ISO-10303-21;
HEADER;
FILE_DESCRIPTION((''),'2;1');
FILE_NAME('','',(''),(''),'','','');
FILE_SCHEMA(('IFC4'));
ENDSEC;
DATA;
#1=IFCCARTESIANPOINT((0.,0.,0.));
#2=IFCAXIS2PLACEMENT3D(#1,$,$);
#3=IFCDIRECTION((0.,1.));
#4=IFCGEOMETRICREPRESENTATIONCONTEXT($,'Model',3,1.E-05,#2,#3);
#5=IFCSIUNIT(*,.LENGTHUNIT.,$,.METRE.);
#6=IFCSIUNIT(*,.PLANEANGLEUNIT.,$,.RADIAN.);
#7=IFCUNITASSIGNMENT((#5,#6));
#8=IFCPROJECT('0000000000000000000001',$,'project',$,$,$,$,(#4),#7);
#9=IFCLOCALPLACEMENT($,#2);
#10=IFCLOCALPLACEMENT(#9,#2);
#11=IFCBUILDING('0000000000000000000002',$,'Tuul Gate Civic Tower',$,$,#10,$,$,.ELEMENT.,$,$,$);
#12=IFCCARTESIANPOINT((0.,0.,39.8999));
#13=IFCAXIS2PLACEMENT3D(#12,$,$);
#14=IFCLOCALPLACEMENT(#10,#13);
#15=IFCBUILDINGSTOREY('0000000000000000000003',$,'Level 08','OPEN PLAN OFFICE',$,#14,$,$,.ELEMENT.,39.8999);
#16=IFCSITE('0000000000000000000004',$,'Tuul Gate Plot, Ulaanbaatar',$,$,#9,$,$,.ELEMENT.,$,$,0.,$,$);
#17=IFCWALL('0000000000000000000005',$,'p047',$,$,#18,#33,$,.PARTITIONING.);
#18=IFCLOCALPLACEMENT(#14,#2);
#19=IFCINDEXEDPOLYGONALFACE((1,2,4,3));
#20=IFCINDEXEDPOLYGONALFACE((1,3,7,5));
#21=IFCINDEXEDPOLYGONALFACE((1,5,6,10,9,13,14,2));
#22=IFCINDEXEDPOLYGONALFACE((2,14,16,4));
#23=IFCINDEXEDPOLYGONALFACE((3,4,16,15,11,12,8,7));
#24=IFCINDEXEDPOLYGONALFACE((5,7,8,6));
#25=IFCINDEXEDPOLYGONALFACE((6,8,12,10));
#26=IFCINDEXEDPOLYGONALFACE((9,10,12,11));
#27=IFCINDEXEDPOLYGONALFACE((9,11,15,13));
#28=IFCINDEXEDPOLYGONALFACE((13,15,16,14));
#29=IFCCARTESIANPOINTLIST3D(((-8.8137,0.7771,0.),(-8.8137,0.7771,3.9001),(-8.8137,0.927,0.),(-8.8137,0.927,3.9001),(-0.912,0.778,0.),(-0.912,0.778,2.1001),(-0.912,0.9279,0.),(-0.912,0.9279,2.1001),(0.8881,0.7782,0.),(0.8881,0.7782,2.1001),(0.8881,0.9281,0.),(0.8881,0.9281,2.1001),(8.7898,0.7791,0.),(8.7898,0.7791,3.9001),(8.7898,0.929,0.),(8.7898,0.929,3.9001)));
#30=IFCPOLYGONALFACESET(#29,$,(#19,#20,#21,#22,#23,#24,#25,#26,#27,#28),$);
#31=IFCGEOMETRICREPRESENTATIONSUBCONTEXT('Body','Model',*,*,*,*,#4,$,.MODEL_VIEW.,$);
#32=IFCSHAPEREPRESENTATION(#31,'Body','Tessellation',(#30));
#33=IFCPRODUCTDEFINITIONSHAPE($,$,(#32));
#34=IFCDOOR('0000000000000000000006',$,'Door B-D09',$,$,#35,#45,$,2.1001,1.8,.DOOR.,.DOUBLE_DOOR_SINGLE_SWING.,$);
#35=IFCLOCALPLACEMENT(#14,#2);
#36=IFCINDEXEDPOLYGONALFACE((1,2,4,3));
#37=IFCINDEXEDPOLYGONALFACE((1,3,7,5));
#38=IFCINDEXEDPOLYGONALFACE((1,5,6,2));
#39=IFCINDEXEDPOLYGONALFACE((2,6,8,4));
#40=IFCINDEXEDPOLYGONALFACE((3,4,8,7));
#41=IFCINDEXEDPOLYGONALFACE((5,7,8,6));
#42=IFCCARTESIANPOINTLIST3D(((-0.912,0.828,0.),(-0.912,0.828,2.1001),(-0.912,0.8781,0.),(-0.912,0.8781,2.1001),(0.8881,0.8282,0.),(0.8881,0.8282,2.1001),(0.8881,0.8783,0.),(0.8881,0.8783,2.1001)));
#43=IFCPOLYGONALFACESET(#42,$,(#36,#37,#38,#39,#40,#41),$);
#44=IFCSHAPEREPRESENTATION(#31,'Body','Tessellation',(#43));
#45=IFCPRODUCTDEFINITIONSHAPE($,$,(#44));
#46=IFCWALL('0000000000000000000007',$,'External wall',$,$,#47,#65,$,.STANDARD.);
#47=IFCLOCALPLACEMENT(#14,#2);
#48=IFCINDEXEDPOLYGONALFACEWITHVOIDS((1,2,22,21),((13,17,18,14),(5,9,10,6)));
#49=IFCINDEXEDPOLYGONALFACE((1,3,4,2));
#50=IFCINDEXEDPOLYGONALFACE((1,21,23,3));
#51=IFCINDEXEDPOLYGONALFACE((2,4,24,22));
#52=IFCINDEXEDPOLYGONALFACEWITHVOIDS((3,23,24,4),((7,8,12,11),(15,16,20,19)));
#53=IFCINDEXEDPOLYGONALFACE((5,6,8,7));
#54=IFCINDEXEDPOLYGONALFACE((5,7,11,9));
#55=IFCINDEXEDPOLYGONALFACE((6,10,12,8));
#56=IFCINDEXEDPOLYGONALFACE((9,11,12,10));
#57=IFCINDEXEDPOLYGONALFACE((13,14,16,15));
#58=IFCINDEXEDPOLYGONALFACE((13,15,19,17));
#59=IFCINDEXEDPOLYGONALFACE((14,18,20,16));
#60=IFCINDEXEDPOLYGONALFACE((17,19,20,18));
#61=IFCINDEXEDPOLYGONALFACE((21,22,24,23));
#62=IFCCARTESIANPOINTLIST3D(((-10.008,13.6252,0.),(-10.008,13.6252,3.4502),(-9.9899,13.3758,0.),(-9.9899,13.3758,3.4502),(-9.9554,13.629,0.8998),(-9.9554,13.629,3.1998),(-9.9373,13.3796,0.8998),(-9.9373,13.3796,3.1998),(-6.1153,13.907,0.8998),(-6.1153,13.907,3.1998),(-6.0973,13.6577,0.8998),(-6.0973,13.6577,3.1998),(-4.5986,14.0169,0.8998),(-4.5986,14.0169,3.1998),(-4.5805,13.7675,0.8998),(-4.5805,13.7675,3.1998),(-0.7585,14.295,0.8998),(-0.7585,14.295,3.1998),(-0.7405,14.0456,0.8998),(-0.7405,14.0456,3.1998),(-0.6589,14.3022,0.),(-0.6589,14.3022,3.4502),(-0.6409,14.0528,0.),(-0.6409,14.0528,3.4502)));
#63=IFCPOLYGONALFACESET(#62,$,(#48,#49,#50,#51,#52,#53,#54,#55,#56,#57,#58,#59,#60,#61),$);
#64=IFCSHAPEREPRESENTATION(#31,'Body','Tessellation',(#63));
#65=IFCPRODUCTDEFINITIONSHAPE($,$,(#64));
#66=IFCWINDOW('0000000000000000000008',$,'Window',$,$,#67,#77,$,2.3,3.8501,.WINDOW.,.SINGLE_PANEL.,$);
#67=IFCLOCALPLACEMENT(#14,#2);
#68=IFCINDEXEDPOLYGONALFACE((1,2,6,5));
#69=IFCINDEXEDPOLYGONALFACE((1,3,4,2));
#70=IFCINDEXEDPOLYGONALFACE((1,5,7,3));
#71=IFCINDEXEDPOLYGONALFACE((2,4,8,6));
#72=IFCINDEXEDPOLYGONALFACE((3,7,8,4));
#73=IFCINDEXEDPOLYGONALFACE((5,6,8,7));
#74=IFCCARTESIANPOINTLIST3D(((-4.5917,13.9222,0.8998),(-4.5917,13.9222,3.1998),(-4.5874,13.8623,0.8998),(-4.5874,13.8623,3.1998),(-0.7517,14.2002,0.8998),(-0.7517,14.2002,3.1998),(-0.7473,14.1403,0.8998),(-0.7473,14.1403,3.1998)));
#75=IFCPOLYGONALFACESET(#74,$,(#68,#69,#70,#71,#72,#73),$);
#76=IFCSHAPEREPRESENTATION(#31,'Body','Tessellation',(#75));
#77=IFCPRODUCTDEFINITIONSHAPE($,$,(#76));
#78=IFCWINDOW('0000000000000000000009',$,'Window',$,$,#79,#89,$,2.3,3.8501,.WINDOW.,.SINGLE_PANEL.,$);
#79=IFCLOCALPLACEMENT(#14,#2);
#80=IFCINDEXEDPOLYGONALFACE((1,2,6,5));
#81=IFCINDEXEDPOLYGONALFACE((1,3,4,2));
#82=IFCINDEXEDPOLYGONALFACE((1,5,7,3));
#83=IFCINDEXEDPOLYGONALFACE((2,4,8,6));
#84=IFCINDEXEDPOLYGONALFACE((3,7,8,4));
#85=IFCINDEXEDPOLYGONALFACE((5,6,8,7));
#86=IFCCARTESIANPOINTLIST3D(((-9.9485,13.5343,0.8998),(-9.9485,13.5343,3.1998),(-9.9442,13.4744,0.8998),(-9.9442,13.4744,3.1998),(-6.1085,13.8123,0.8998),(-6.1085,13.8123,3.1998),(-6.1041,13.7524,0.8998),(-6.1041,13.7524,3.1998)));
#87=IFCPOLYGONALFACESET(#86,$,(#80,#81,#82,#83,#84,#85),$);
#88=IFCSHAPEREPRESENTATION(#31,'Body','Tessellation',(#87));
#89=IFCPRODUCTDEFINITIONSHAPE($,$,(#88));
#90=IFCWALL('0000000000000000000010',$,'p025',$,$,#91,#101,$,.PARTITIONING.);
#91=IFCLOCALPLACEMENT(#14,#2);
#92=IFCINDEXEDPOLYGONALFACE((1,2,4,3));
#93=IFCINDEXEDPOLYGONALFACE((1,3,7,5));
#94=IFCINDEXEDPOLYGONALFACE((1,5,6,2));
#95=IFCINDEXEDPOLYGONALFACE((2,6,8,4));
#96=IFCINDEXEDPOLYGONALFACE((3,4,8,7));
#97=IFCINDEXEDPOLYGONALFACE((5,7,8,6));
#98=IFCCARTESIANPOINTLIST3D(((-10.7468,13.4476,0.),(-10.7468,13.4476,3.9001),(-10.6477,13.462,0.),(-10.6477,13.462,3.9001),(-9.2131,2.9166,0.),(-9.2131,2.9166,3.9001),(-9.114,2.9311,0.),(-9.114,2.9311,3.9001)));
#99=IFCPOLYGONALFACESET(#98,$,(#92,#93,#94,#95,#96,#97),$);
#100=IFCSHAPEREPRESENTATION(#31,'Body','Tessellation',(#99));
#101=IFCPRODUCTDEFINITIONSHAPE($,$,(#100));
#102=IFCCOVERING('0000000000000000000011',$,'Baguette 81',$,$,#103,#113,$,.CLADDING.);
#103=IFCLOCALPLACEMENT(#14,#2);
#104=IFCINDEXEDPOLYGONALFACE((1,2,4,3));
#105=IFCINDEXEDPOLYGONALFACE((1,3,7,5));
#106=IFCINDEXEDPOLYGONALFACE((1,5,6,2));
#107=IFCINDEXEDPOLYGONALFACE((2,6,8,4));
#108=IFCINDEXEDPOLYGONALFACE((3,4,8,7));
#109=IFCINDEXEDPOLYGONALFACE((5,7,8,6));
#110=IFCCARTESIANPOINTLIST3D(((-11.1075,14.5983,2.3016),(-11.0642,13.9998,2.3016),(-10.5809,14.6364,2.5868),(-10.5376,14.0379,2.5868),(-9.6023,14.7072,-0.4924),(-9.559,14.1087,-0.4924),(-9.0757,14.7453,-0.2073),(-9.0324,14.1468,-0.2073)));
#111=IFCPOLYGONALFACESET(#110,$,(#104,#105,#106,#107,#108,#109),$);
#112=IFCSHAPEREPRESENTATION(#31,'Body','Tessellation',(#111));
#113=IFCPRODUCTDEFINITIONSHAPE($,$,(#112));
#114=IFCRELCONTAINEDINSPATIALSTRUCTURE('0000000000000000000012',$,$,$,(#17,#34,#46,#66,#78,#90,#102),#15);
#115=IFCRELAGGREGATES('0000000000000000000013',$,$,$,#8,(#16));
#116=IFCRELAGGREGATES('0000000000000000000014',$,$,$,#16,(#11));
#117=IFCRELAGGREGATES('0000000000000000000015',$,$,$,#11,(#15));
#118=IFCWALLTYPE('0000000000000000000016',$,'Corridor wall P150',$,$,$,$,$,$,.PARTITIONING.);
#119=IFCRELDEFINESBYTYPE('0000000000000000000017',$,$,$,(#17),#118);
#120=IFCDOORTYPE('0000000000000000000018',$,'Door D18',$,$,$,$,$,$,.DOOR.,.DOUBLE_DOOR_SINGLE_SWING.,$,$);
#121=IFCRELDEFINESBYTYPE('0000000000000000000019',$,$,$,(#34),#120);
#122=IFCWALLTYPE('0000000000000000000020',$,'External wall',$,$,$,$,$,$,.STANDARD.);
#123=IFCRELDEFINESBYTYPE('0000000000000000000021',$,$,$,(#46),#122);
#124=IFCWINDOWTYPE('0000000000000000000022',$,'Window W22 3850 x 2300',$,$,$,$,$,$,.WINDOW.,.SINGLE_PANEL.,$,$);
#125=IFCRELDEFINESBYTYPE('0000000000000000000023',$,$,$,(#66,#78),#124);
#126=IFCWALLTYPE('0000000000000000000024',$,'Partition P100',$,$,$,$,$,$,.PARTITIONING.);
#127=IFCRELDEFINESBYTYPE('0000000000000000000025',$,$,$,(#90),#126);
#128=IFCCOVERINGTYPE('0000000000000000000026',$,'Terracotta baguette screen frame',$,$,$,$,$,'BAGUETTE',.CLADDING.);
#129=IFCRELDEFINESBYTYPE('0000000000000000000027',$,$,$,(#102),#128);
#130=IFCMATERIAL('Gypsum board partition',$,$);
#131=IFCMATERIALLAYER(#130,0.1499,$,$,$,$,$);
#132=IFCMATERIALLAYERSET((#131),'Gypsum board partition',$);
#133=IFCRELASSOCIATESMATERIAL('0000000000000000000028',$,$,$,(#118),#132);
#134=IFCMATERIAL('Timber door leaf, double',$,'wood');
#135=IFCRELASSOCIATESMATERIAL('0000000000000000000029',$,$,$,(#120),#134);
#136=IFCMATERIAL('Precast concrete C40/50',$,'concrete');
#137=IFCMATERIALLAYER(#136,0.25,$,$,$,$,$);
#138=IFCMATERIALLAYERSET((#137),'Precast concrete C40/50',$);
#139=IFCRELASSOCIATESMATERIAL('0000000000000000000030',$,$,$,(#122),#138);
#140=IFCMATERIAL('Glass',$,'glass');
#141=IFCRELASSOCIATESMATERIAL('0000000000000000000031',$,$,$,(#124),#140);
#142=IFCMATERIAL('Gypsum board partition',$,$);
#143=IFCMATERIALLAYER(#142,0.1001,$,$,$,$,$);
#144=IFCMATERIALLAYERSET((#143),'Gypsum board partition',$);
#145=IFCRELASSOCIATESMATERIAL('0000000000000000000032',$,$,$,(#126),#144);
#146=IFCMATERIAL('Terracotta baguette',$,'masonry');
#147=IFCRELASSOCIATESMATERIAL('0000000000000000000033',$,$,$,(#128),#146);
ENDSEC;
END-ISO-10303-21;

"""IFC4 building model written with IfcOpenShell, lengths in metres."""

from ifc_helpers import new_model, si_unit, direction, frame, frame_2d, origin, origin_2d, place, context, subcontext, project, spatial, rectangle, extrude, material, layer, layer_set, material_profile, profile_set, type_object, element, fill, save


model = new_model("IFC4")

# Units and contexts
model_context = context("Model", 3, precision=1e-05, world=origin(), true_north=direction((0.0, 1.0)))
body_context = subcontext(model_context, "Body", "Model", "MODEL_VIEW")
ifc_project = project(units=[si_unit("LENGTHUNIT", "METRE"), si_unit("PLANEANGLEUNIT", "RADIAN")], contexts=[model_context])

# Site, building, storey
site_placement = place(None, origin())
site = spatial("IfcSite", under=ifc_project, at=site_placement, Name="Tuul Gate Plot, Ulaanbaatar", CompositionType="ELEMENT", RefElevation=0.0)
building_placement = place(site_placement, origin())
building = spatial("IfcBuilding", under=site, at=building_placement, Name="Tuul Gate Civic Tower", CompositionType="ELEMENT")
storey_placement = place(building_placement, frame((0.0, 0.0, 39.8999)))
storey = spatial("IfcBuildingStorey", under=building, at=storey_placement, Name="Level 08", Description="OPEN PLAN OFFICE", CompositionType="ELEMENT", Elevation=39.8999)

# Wall, opening, door
ifc_material_1 = material(Name="Gypsum board partition")
ifc_layer_1 = layer(ifc_material_1, 0.1499)
ifc_layer_set_1 = layer_set([ifc_layer_1], Name="Gypsum board partition")
wall_type_1 = type_object("IfcWallType", Name="Corridor wall P150", PredefinedType="PARTITIONING", material=ifc_layer_set_1)
ifc_material_2 = material(Name="Timber door leaf, double", Category="wood")
door_type = type_object("IfcDoorType", Name="Door D18", OperationType="DOUBLE_DOOR_SINGLE_SWING", PredefinedType="DOOR", material=ifc_material_2)
wall_1_placement = place(storey_placement, frame((-8.8137, 0.8521, 0.0), z_axis=(0.0, 0.0, 1.0), x_axis=(1.0, 0.000111, 0.0)))
wall_1 = element("IfcWall", 1, at=wall_1_placement, inside=storey, type_object=wall_type_1, Name="p047", PredefinedType="PARTITIONING", context=body_context, shape_type="SweptSolid", body=[
    extrude(rectangle(XDim=17.6035, YDim=0.1499, at=frame_2d((8.8018, 0.0))), origin(), (0.0, 0.0, 1.0), 3.9001),
])
opening_1_placement = place(wall_1_placement, frame((7.9019, 0.0, 0.0)))
opening_1 = element("IfcOpeningElement", 2, at=opening_1_placement, cuts=wall_1, PredefinedType="OPENING", context=body_context, shape_type="SweptSolid", body=[
    extrude(rectangle(XDim=1.8, YDim=2.1001, at=frame_2d((0.8999, 1.05))), frame((0.0, 0.085, 0.0), z_axis=(0.0, -1.0, 0.0), x_axis=(1.0, 0.0, 0.0)), (0.0, 0.0, 1.0), 0.1699),
])
door_1_placement = place(opening_1_placement, frame((1.8, 0.0, 0.0), z_axis=(0.0, 0.0, 1.0), x_axis=(-1.0, 0.0, 0.0)))
door_1 = element("IfcDoor", 3, at=door_1_placement, inside=storey, type_object=door_type, Name="Door B-D09", OperationType="DOUBLE_DOOR_SINGLE_SWING", OverallHeight=2.1001, OverallWidth=1.8, PredefinedType="DOOR", context=body_context, shape_type="SweptSolid", body=[
    extrude(rectangle(XDim=1.8, YDim=2.1001, at=frame_2d((0.9001, 1.05))), frame((0.0, 0.0249, 0.0), z_axis=(0.0, -1.0, 0.0), x_axis=(1.0, 0.0, 0.0)), (0.0, 0.0, 1.0), 0.05),
])
fill(opening_1, door_1)

# Wall, openings, windows
ifc_material_3 = material(Name="Precast concrete C40/50", Category="concrete")
ifc_layer_2 = layer(ifc_material_3, 0.25)
ifc_layer_set_2 = layer_set([ifc_layer_2], Name="Precast concrete C40/50")
wall_type_2 = type_object("IfcWallType", Name="External wall", PredefinedType="STANDARD", material=ifc_layer_set_2)
wall_2_placement = place(storey_placement, frame((-0.6499, 14.1775, 0.0), z_axis=(0.0, 0.0, 1.0), x_axis=(-0.997388, -0.072224, 0.0)))
wall_2 = element("IfcWall", 4, at=wall_2_placement, inside=storey, type_object=wall_type_2, Name="External wall", PredefinedType="STANDARD", context=body_context, shape_type="SweptSolid", body=[
    extrude(rectangle(XDim=9.3735, YDim=0.25, at=frame_2d((4.6868, 0.0))), origin(), (0.0, 0.0, 1.0), 3.4502),
])
opening_2_placement = place(wall_2_placement, frame((0.0999, 0.0, 0.8999)))
opening_2 = element("IfcOpeningElement", 5, at=opening_2_placement, cuts=wall_2, PredefinedType="OPENING", context=body_context, shape_type="SweptSolid", body=[
    extrude(rectangle(XDim=3.8501, YDim=2.3, at=frame_2d((1.925, 1.1499))), frame((0.0, 0.135, 0.0), z_axis=(0.0, -1.0, 0.0), x_axis=(1.0, 0.0, 0.0)), (0.0, 0.0, 1.0), 0.27),
])
opening_3_placement = place(wall_2_placement, frame((5.4707, 0.0, 0.8999)))
opening_3 = element("IfcOpeningElement", 6, at=opening_3_placement, cuts=wall_2, PredefinedType="OPENING", context=body_context, shape_type="SweptSolid", body=[
    extrude(rectangle(XDim=3.8501, YDim=2.3, at=frame_2d((1.925, 1.1499))), frame((0.0, 0.135, 0.0), z_axis=(0.0, -1.0, 0.0), x_axis=(1.0, 0.0, 0.0)), (0.0, 0.0, 1.0), 0.27),
])
ifc_material_4 = material(Name="Glass", Category="glass")
window_type = type_object("IfcWindowType", Name="Window W22 3850 x 2300", PartitioningType="SINGLE_PANEL", PredefinedType="WINDOW", material=ifc_material_4)
window_1_placement = place(opening_2_placement, origin())
window_1 = element("IfcWindow", 7, at=window_1_placement, inside=storey, type_object=window_type, Name="Window", OverallHeight=2.3, OverallWidth=3.8501, PartitioningType="SINGLE_PANEL", PredefinedType="WINDOW", context=body_context, shape_type="SweptSolid", body=[
    extrude(rectangle(XDim=3.8501, YDim=2.3, at=frame_2d((1.925, 1.1499))), frame((0.0, 0.03, 0.0), z_axis=(0.0, -1.0, 0.0), x_axis=(1.0, 0.0, 0.0)), (0.0, 0.0, 1.0), 0.0601),
])
fill(opening_2, window_1)
window_2_placement = place(opening_3_placement, origin())
window_2 = element("IfcWindow", 8, at=window_2_placement, inside=storey, type_object=window_type, Name="Window", OverallHeight=2.3, OverallWidth=3.8501, PartitioningType="SINGLE_PANEL", PredefinedType="WINDOW", context=body_context, shape_type="SweptSolid", body=[
    extrude(rectangle(XDim=3.8501, YDim=2.3, at=frame_2d((1.925, 1.1499))), frame((0.0, 0.03, 0.0), z_axis=(0.0, -1.0, 0.0), x_axis=(1.0, 0.0, 0.0)), (0.0, 0.0, 1.0), 0.0601),
])
fill(opening_3, window_2)

# Wall
ifc_material_5 = material(Name="Gypsum board partition")
ifc_layer_3 = layer(ifc_material_5, 0.1001)
ifc_layer_set_3 = layer_set([ifc_layer_3], Name="Gypsum board partition")
wall_type_3 = type_object("IfcWallType", Name="Partition P100", PredefinedType="PARTITIONING", material=ifc_layer_set_3)
wall_3_placement = place(storey_placement, frame((-10.6973, 13.4548, 0.0), z_axis=(0.0, 0.0, 1.0), x_axis=(0.144115, -0.989561, 0.0)))
element("IfcWall", 9, at=wall_3_placement, inside=storey, type_object=wall_type_3, Name="p025", PredefinedType="PARTITIONING", context=body_context, shape_type="SweptSolid", body=[
    extrude(rectangle(XDim=10.6421, YDim=0.1001, at=frame_2d((5.321, 0.0))), origin(), (0.0, 0.0, 1.0), 3.9001),
])

# Covering
ifc_material_6 = material(Name="Terracotta baguette", Category="masonry")
ifc_material_profile_1 = material_profile(ifc_material_6, rectangle(XDim=0.6001, YDim=0.6001, at=origin_2d()), Name="Terracotta baguette screen frame")
ifc_profile_set_1 = profile_set([ifc_material_profile_1], Name="Terracotta baguette")
covering_type = type_object("IfcCoveringType", Name="Terracotta baguette screen frame", ElementType="BAGUETTE", PredefinedType="CLADDING", material=ifc_profile_set_1)
covering_placement = place(storey_placement, frame((-9.3174, 14.427, -0.3499), z_axis=(-0.473991, -0.03429, 0.879862), x_axis=(0.072155, -0.997393, 0.0)))
element("IfcCovering", 10, at=covering_placement, inside=storey, type_object=covering_type, Name="Baguette 81", PredefinedType="CLADDING", context=body_context, shape_type="SweptSolid", body=[
    extrude(rectangle(XDim=0.6001, YDim=0.6001, at=origin_2d()), origin(), (0.0, 0.0, 1.0), 3.1755),
])

save(model, "model.ifc")
